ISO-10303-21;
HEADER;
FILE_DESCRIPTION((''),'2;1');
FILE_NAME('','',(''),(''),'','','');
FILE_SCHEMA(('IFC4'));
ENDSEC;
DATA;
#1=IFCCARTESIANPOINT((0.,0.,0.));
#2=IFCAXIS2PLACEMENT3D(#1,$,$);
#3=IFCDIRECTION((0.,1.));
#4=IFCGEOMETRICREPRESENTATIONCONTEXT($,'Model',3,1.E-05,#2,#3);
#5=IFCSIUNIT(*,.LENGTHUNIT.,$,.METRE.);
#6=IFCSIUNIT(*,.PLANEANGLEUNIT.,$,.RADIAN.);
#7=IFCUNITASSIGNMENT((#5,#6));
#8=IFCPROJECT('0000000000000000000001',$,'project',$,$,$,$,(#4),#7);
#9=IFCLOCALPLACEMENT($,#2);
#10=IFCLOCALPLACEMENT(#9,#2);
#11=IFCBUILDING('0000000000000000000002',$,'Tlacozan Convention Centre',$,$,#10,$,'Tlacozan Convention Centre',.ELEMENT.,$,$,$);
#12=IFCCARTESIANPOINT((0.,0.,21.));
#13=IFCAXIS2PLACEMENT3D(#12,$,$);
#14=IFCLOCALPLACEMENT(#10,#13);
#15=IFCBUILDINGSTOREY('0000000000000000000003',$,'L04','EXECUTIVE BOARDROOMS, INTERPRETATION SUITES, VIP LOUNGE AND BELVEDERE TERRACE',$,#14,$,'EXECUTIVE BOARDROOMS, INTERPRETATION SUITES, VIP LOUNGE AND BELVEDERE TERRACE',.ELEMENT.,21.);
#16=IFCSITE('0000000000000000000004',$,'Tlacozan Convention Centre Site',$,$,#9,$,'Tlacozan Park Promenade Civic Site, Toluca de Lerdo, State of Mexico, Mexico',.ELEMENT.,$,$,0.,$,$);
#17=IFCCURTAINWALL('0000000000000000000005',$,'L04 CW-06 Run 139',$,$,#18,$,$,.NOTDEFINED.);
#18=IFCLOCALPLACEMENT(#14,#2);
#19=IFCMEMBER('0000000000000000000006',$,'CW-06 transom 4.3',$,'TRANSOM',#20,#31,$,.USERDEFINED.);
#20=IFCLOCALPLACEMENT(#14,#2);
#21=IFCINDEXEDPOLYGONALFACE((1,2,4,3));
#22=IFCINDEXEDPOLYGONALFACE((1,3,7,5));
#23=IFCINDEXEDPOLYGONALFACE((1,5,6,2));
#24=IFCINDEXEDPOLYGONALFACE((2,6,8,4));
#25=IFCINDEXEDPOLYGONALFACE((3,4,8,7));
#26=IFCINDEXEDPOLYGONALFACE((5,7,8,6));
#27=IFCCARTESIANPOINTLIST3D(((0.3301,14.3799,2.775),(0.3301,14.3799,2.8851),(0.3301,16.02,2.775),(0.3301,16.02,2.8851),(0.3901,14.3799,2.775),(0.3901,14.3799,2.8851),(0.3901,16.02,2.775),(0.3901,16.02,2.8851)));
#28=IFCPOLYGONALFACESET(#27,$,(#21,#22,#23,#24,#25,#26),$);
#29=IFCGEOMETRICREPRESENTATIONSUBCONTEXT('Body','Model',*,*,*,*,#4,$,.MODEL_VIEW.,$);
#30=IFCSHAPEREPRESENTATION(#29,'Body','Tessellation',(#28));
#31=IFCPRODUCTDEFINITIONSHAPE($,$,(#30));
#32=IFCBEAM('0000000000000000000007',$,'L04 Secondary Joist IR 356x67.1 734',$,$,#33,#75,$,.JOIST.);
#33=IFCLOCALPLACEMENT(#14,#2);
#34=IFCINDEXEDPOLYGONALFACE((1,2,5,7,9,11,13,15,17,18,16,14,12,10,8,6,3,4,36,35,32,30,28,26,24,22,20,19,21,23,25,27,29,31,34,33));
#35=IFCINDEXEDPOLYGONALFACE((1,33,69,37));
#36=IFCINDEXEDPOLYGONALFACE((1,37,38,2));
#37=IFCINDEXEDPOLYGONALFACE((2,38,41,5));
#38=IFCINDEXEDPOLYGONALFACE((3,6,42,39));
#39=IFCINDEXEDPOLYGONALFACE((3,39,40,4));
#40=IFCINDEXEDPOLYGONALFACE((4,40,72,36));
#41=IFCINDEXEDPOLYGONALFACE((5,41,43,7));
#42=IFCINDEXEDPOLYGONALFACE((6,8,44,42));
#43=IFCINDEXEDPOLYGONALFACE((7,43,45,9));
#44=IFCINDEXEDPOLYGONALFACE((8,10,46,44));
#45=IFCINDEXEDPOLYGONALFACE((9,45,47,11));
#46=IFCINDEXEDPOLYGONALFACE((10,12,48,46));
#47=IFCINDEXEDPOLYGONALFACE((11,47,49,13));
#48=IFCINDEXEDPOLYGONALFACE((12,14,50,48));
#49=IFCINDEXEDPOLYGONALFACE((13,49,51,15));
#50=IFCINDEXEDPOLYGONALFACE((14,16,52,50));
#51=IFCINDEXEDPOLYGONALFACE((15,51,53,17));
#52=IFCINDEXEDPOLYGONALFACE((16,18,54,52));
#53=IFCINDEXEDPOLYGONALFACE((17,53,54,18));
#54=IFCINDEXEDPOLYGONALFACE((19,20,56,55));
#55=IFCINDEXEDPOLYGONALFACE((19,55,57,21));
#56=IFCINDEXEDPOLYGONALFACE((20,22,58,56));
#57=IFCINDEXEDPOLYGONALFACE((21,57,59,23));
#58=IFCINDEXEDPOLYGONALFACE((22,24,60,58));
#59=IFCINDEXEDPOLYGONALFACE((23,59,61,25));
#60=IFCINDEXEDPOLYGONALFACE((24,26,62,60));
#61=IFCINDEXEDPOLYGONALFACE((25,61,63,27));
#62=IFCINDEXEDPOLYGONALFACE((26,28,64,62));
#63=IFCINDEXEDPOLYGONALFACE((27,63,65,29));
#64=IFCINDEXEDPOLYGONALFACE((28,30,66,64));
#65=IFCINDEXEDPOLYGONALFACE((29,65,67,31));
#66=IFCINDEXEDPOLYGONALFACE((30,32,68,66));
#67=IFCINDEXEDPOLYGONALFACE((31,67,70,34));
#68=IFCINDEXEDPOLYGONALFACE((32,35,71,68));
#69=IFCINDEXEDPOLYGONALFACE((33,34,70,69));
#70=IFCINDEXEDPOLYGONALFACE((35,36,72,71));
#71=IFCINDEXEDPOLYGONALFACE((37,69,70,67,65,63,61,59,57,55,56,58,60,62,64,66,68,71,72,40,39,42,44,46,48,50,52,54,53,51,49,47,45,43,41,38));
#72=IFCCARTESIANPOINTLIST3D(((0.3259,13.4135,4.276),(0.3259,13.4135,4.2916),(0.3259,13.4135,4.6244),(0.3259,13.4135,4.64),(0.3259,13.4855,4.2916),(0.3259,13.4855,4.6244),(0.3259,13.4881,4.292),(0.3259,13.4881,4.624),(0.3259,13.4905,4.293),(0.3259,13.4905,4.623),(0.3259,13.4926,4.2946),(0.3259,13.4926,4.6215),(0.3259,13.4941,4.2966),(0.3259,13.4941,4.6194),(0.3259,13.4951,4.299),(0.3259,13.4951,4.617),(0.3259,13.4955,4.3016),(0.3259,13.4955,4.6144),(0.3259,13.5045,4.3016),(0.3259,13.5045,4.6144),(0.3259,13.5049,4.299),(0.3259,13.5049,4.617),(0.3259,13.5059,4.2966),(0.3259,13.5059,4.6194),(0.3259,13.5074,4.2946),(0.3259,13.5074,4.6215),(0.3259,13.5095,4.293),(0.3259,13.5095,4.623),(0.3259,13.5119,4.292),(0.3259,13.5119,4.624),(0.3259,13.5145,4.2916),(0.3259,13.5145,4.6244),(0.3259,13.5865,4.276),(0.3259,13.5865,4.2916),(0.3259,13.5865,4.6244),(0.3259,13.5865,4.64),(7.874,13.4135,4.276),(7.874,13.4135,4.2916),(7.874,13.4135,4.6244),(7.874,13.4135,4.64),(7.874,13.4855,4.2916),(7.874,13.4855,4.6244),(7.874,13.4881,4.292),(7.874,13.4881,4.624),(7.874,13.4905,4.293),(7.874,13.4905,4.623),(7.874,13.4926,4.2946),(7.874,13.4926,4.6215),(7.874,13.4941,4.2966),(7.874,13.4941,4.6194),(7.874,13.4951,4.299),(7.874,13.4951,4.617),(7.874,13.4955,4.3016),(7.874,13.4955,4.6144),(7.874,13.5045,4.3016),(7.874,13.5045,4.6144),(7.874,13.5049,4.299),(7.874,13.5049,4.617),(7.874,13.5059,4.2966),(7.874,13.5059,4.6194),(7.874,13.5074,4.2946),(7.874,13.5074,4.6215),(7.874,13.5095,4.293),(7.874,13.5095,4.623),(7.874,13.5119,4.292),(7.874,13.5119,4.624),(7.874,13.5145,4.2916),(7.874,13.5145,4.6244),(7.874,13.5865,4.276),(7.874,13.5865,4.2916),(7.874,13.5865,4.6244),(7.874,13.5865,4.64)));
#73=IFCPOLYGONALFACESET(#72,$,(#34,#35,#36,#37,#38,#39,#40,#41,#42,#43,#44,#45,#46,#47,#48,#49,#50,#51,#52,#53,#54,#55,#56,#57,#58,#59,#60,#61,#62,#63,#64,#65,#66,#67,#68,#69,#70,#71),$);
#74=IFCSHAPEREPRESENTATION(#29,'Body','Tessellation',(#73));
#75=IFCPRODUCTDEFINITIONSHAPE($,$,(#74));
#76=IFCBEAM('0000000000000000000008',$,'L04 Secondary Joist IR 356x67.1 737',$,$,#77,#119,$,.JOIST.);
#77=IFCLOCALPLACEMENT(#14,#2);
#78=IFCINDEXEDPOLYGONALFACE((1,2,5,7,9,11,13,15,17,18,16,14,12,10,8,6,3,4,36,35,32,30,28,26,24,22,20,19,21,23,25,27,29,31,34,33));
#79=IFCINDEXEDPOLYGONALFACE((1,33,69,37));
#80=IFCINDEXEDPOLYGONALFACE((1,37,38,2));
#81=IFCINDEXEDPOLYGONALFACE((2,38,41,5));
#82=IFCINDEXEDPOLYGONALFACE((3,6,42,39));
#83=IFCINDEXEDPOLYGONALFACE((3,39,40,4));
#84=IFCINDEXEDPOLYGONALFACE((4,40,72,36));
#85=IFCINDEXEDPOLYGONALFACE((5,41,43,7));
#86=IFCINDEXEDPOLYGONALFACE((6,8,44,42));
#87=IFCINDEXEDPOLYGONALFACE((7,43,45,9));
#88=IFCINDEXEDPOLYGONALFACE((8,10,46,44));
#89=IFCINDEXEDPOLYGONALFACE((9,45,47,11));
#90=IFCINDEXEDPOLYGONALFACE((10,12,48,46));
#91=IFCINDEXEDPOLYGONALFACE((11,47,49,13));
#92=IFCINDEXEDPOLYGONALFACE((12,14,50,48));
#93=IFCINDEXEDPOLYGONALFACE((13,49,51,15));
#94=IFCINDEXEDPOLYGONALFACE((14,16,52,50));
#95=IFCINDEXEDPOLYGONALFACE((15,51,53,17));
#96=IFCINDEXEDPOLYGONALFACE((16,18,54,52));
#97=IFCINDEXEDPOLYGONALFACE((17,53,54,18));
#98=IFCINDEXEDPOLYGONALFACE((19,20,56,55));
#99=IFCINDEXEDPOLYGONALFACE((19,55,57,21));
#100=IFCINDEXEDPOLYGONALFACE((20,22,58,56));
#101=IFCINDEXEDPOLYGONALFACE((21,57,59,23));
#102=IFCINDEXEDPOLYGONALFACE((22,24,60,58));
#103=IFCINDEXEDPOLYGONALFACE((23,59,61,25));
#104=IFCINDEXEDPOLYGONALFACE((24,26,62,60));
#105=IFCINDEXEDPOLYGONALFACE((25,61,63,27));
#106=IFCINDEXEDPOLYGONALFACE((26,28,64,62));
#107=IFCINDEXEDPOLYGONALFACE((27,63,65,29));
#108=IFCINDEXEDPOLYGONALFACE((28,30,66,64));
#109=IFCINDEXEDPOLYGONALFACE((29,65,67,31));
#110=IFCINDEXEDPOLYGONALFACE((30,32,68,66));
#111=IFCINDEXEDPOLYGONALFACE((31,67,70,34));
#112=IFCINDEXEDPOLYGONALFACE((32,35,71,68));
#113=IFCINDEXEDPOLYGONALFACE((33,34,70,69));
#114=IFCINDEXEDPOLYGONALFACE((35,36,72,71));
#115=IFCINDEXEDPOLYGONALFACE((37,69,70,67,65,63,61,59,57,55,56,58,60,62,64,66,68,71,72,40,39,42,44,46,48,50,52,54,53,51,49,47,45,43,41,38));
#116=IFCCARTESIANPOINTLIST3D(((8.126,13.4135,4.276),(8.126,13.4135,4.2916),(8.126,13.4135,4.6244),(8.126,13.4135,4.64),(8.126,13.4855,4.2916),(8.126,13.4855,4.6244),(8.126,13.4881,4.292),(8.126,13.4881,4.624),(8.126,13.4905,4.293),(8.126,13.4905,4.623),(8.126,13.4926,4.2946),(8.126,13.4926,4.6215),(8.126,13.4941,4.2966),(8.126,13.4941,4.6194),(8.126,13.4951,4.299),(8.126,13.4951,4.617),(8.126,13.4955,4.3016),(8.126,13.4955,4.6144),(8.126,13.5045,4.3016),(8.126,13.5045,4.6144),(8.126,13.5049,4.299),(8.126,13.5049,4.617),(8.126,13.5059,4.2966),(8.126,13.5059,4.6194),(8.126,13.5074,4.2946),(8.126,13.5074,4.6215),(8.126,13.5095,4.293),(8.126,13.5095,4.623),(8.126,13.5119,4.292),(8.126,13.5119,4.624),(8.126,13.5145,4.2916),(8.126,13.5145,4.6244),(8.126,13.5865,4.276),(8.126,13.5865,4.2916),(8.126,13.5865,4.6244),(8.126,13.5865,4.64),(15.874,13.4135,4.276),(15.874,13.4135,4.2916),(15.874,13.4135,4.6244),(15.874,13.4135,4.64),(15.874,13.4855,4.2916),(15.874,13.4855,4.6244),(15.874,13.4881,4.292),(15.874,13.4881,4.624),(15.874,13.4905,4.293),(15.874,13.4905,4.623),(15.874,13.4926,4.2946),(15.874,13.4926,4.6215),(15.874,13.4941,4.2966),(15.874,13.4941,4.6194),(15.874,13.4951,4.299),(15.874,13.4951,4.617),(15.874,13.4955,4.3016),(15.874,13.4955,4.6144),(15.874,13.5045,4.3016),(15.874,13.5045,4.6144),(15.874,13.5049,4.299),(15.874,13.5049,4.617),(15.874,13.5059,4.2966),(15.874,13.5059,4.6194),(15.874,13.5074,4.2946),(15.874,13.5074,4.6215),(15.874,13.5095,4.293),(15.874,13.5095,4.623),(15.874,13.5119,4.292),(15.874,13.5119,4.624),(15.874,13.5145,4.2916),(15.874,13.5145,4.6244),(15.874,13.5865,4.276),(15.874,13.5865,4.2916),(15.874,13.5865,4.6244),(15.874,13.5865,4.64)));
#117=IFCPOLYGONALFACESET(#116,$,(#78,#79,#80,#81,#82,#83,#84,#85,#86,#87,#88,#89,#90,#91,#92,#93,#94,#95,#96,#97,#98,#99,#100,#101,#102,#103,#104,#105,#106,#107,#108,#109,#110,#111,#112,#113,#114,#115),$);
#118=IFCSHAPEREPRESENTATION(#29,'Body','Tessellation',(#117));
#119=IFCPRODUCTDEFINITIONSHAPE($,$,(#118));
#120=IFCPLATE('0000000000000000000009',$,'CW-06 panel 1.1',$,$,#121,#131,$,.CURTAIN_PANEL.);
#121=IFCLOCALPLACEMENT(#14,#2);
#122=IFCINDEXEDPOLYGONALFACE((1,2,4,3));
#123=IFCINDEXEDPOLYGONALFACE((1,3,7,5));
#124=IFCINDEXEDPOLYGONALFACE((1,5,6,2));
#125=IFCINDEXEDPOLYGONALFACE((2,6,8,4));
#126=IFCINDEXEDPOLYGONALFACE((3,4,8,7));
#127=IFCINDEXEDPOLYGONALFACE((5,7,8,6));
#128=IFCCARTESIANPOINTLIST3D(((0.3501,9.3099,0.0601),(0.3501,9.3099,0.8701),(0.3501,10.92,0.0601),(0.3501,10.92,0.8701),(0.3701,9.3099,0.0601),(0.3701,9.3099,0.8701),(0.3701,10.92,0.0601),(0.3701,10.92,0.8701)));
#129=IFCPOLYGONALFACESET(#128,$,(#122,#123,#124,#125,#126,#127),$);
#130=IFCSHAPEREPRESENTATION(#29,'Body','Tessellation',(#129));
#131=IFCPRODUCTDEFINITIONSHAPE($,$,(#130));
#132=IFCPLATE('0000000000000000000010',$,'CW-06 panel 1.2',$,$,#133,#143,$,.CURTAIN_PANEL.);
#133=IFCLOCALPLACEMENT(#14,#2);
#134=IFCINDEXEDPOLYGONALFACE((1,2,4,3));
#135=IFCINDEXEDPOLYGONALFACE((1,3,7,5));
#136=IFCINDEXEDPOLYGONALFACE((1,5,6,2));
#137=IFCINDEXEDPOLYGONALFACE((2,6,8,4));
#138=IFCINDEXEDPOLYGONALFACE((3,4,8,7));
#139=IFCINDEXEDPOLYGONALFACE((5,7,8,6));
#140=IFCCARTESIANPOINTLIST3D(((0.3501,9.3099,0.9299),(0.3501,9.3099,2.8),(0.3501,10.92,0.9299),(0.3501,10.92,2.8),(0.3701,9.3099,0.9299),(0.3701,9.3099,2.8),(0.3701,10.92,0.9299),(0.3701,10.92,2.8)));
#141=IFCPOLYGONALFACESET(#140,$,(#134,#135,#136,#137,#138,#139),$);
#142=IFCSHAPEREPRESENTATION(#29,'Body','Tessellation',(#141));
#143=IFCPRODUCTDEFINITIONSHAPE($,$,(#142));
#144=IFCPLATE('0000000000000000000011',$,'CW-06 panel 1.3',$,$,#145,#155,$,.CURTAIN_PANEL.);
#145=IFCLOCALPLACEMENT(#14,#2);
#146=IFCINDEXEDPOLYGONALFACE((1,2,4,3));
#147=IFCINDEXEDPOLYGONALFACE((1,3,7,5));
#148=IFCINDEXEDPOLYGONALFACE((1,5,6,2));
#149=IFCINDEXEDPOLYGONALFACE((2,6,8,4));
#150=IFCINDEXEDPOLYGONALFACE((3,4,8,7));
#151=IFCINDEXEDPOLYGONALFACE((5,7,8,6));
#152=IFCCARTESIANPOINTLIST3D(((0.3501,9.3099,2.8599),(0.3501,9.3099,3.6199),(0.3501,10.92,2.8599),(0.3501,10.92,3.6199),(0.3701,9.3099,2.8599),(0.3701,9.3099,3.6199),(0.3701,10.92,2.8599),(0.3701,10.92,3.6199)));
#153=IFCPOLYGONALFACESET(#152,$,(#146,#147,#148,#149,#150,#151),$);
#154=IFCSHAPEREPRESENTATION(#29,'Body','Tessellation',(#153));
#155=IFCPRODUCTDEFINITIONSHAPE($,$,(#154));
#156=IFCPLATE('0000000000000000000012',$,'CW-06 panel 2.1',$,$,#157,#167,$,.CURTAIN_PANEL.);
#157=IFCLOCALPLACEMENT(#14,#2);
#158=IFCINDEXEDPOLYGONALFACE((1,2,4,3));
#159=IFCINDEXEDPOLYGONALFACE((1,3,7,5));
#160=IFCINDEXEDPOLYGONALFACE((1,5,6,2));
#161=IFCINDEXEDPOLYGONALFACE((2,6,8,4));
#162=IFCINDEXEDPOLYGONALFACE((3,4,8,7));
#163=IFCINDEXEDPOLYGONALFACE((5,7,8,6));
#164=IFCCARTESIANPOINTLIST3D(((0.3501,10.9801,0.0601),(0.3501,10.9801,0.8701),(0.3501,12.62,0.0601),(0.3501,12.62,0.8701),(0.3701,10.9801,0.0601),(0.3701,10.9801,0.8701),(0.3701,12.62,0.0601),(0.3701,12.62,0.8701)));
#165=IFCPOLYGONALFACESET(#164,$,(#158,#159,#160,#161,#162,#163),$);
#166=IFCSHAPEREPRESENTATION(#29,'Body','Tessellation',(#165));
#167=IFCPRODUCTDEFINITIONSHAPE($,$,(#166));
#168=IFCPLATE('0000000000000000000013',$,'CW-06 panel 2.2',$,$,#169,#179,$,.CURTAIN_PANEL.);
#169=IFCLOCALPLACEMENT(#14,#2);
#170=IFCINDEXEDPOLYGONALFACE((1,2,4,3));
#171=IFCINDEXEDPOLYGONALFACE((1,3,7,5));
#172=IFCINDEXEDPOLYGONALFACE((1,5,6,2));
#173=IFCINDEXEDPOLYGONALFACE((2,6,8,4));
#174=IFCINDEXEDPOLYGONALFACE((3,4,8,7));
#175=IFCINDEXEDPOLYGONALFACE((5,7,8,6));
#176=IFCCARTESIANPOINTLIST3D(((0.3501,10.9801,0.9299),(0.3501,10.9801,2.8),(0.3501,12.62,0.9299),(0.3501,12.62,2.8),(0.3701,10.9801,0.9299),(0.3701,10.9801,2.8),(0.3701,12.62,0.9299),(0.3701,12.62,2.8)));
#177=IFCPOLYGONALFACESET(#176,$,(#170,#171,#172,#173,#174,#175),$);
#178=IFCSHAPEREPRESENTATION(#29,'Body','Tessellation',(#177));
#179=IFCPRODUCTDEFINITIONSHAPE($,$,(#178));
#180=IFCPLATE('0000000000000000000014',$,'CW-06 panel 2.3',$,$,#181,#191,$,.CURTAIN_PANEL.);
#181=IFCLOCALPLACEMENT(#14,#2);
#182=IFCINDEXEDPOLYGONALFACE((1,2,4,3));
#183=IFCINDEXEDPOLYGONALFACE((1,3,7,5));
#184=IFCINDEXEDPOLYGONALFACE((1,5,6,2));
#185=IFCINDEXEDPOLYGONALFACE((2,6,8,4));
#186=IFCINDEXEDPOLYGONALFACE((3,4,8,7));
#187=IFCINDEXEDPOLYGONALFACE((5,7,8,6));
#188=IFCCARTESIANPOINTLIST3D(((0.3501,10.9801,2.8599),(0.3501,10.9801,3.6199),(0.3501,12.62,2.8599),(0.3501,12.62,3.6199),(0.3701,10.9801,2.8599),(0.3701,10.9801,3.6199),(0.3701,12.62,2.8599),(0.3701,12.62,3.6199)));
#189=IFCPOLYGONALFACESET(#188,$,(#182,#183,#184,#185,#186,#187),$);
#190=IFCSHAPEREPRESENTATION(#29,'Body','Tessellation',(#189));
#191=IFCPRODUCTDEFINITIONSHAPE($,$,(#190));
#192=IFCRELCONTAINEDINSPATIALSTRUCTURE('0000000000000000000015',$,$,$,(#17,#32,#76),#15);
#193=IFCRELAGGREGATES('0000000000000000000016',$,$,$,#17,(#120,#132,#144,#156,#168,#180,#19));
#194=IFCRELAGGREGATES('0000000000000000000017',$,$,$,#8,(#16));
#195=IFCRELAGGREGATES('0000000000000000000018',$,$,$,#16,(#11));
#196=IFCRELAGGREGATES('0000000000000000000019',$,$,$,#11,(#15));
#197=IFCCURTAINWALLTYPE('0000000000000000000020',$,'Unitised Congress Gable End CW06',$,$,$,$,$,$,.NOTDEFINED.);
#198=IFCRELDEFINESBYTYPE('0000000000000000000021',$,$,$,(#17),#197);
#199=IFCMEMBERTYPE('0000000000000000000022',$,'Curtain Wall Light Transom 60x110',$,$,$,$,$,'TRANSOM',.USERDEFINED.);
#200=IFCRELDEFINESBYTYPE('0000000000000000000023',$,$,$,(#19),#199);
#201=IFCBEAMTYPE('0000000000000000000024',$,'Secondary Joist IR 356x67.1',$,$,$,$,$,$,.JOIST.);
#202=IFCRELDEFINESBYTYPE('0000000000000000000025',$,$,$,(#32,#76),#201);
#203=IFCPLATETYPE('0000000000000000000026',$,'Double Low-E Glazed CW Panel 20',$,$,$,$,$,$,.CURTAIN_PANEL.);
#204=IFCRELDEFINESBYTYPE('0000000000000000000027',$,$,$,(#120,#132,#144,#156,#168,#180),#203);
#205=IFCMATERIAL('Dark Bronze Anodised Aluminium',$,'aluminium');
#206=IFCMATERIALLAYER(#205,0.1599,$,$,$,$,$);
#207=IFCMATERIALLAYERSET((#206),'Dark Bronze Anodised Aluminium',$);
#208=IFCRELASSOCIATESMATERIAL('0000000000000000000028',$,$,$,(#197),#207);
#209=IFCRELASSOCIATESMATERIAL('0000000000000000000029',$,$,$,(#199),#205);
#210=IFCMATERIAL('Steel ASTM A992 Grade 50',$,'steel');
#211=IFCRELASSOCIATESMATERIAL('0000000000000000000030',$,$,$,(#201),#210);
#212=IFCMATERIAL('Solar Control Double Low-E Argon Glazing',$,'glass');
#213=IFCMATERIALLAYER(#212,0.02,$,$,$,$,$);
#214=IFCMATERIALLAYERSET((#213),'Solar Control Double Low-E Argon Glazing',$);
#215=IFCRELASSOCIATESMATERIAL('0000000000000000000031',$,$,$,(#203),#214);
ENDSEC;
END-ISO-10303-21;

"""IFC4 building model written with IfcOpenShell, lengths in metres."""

from ifc_helpers import new_model, si_unit, direction, frame, origin, origin_2d, place, context, subcontext, project, spatial, rectangle, i_section, extrude, material, layer, layer_set, material_profile, profile_set, type_object, element, aggregate, save


model = new_model("IFC4")

# Units and contexts
model_context = context("Model", 3, precision=1e-05, world=origin(), true_north=direction((0.0, 1.0)))
body_context = subcontext(model_context, "Body", "Model", "MODEL_VIEW")
ifc_project = project(units=[si_unit("LENGTHUNIT", "METRE"), si_unit("PLANEANGLEUNIT", "RADIAN")], contexts=[model_context])

# Site, building, storey
site_placement = place(None, origin())
site = spatial("IfcSite", under=ifc_project, at=site_placement, Name="Tlacozan Convention Centre Site", LongName="Tlacozan Park Promenade Civic Site, Toluca de Lerdo, State of Mexico, Mexico", CompositionType="ELEMENT", RefElevation=0.0)
building_placement = place(site_placement, origin())
building = spatial("IfcBuilding", under=site, at=building_placement, Name="Tlacozan Convention Centre", LongName="Tlacozan Convention Centre", CompositionType="ELEMENT")
storey_placement = place(building_placement, frame((0.0, 0.0, 21.0)))
storey = spatial("IfcBuildingStorey", under=building, at=storey_placement, Name="L04", Description="EXECUTIVE BOARDROOMS, INTERPRETATION SUITES, VIP LOUNGE AND BELVEDERE TERRACE", LongName="EXECUTIVE BOARDROOMS, INTERPRETATION SUITES, VIP LOUNGE AND BELVEDERE TERRACE", CompositionType="ELEMENT", Elevation=21.0)

# Curtain wall, member
ifc_material_1 = material(Name="Dark Bronze Anodised Aluminium", Category="aluminium")
ifc_layer_1 = layer(ifc_material_1, 0.1599)
ifc_layer_set_1 = layer_set([ifc_layer_1], Name="Dark Bronze Anodised Aluminium")
curtain_wall_type = type_object("IfcCurtainWallType", Name="Unitised Congress Gable End CW06", PredefinedType="NOTDEFINED", material=ifc_layer_set_1)
curtain_wall_placement = place(storey_placement, origin())
curtain_wall = element("IfcCurtainWall", 1, at=curtain_wall_placement, inside=storey, type_object=curtain_wall_type, Name="L04 CW-06 Run 139", PredefinedType="NOTDEFINED")
ifc_material_profile_1 = material_profile(ifc_material_1, rectangle(XDim=0.0601, YDim=0.1101, at=origin_2d()), Name="ALU 60x110")
ifc_profile_set_1 = profile_set([ifc_material_profile_1], Name="Dark Bronze Anodised Aluminium")
member_type_1 = type_object("IfcMemberType", Name="Curtain Wall Light Transom 60x110", ElementType="TRANSOM", PredefinedType="USERDEFINED", material=ifc_profile_set_1)
member_1_placement = place(storey_placement, frame((0.3601, 14.3799, 2.8301), z_axis=(0.0, 1.0, 0.0), x_axis=(-1.0, 0.0, 0.0)))
member_1 = element("IfcMember", 2, at=member_1_placement, type_object=member_type_1, Name="CW-06 transom 4.3", ObjectType="TRANSOM", PredefinedType="USERDEFINED", context=body_context, shape_type="SweptSolid", body=[
    extrude(rectangle(XDim=0.0601, YDim=0.1101, at=origin_2d()), origin(), (0.0, 0.0, 1.0), 1.6401),
])

# Beams
ifc_material_2 = material(Name="Steel ASTM A992 Grade 50", Category="steel")
ifc_material_profile_2 = material_profile(ifc_material_2, i_section(OverallWidth=0.1731, OverallDepth=0.364, WebThickness=0.009, FlangeThickness=0.0156, FilletRadius=0.01, at=origin_2d()), Name="IR 356x67.1")
ifc_profile_set_2 = profile_set([ifc_material_profile_2], Name="Steel ASTM A992 Grade 50")
beam_type = type_object("IfcBeamType", Name="Secondary Joist IR 356x67.1", PredefinedType="JOIST", material=ifc_profile_set_2)
beam_1_placement = place(storey_placement, frame((0.3259, 13.5, 4.458), z_axis=(1.0, 0.0, 0.0), x_axis=(0.0, 1.0, 0.0)))
element("IfcBeam", 3, at=beam_1_placement, inside=storey, type_object=beam_type, Name="L04 Secondary Joist IR 356x67.1 734", PredefinedType="JOIST", context=body_context, shape_type="SweptSolid", body=[
    extrude(i_section(OverallWidth=0.1731, OverallDepth=0.364, WebThickness=0.009, FlangeThickness=0.0156, FilletRadius=0.01, at=origin_2d()), origin(), (0.0, 0.0, 1.0), 7.5481),
])
beam_2_placement = place(storey_placement, frame((8.126, 13.5, 4.458), z_axis=(1.0, 0.0, 0.0), x_axis=(0.0, 1.0, 0.0)))
element("IfcBeam", 4, at=beam_2_placement, inside=storey, type_object=beam_type, Name="L04 Secondary Joist IR 356x67.1 737", PredefinedType="JOIST", context=body_context, shape_type="SweptSolid", body=[
    extrude(i_section(OverallWidth=0.1731, OverallDepth=0.364, WebThickness=0.009, FlangeThickness=0.0156, FilletRadius=0.01, at=origin_2d()), origin(), (0.0, 0.0, 1.0), 7.748),
])

# Plates
ifc_material_3 = material(Name="Solar Control Double Low-E Argon Glazing", Category="glass")
ifc_layer_2 = layer(ifc_material_3, 0.02)
ifc_layer_set_2 = layer_set([ifc_layer_2], Name="Solar Control Double Low-E Argon Glazing")
plate_type = type_object("IfcPlateType", Name="Double Low-E Glazed CW Panel 20", PredefinedType="CURTAIN_PANEL", material=ifc_layer_set_2)
plate_1_placement = place(storey_placement, frame((0.3601, 10.115, 0.0601), z_axis=(0.0, 0.0, 1.0), x_axis=(0.0, 1.0, 0.0)))
plate_1 = element("IfcPlate", 5, at=plate_1_placement, type_object=plate_type, Name="CW-06 panel 1.1", PredefinedType="CURTAIN_PANEL", context=body_context, shape_type="SweptSolid", body=[
    extrude(rectangle(XDim=1.6101, YDim=0.02, at=origin_2d()), origin(), (0.0, 0.0, 1.0), 0.8101),
])
plate_2_placement = place(storey_placement, frame((0.3601, 10.115, 0.9299), z_axis=(0.0, 0.0, 1.0), x_axis=(0.0, 1.0, 0.0)))
plate_2 = element("IfcPlate", 6, at=plate_2_placement, type_object=plate_type, Name="CW-06 panel 1.2", PredefinedType="CURTAIN_PANEL", context=body_context, shape_type="SweptSolid", body=[
    extrude(rectangle(XDim=1.6101, YDim=0.02, at=origin_2d()), origin(), (0.0, 0.0, 1.0), 1.8701),
])
plate_3_placement = place(storey_placement, frame((0.3601, 10.115, 2.8599), z_axis=(0.0, 0.0, 1.0), x_axis=(0.0, 1.0, 0.0)))
plate_3 = element("IfcPlate", 7, at=plate_3_placement, type_object=plate_type, Name="CW-06 panel 1.3", PredefinedType="CURTAIN_PANEL", context=body_context, shape_type="SweptSolid", body=[
    extrude(rectangle(XDim=1.6101, YDim=0.02, at=origin_2d()), origin(), (0.0, 0.0, 1.0), 0.76),
])
plate_4_placement = place(storey_placement, frame((0.3601, 11.8, 0.0601), z_axis=(0.0, 0.0, 1.0), x_axis=(0.0, 1.0, 0.0)))
plate_4 = element("IfcPlate", 8, at=plate_4_placement, type_object=plate_type, Name="CW-06 panel 2.1", PredefinedType="CURTAIN_PANEL", context=body_context, shape_type="SweptSolid", body=[
    extrude(rectangle(XDim=1.6399, YDim=0.02, at=origin_2d()), origin(), (0.0, 0.0, 1.0), 0.8101),
])
plate_5_placement = place(storey_placement, frame((0.3601, 11.8, 0.9299), z_axis=(0.0, 0.0, 1.0), x_axis=(0.0, 1.0, 0.0)))
plate_5 = element("IfcPlate", 9, at=plate_5_placement, type_object=plate_type, Name="CW-06 panel 2.2", PredefinedType="CURTAIN_PANEL", context=body_context, shape_type="SweptSolid", body=[
    extrude(rectangle(XDim=1.6399, YDim=0.02, at=origin_2d()), origin(), (0.0, 0.0, 1.0), 1.8701),
])
plate_6_placement = place(storey_placement, frame((0.3601, 11.8, 2.8599), z_axis=(0.0, 0.0, 1.0), x_axis=(0.0, 1.0, 0.0)))
plate_6 = element("IfcPlate", 10, at=plate_6_placement, type_object=plate_type, Name="CW-06 panel 2.3", PredefinedType="CURTAIN_PANEL", context=body_context, shape_type="SweptSolid", body=[
    extrude(rectangle(XDim=1.6399, YDim=0.02, at=origin_2d()), origin(), (0.0, 0.0, 1.0), 0.76),
])
aggregate(curtain_wall, [plate_1, plate_2, plate_3, plate_4, plate_5, plate_6, member_1])

save(model, "model.ifc")
